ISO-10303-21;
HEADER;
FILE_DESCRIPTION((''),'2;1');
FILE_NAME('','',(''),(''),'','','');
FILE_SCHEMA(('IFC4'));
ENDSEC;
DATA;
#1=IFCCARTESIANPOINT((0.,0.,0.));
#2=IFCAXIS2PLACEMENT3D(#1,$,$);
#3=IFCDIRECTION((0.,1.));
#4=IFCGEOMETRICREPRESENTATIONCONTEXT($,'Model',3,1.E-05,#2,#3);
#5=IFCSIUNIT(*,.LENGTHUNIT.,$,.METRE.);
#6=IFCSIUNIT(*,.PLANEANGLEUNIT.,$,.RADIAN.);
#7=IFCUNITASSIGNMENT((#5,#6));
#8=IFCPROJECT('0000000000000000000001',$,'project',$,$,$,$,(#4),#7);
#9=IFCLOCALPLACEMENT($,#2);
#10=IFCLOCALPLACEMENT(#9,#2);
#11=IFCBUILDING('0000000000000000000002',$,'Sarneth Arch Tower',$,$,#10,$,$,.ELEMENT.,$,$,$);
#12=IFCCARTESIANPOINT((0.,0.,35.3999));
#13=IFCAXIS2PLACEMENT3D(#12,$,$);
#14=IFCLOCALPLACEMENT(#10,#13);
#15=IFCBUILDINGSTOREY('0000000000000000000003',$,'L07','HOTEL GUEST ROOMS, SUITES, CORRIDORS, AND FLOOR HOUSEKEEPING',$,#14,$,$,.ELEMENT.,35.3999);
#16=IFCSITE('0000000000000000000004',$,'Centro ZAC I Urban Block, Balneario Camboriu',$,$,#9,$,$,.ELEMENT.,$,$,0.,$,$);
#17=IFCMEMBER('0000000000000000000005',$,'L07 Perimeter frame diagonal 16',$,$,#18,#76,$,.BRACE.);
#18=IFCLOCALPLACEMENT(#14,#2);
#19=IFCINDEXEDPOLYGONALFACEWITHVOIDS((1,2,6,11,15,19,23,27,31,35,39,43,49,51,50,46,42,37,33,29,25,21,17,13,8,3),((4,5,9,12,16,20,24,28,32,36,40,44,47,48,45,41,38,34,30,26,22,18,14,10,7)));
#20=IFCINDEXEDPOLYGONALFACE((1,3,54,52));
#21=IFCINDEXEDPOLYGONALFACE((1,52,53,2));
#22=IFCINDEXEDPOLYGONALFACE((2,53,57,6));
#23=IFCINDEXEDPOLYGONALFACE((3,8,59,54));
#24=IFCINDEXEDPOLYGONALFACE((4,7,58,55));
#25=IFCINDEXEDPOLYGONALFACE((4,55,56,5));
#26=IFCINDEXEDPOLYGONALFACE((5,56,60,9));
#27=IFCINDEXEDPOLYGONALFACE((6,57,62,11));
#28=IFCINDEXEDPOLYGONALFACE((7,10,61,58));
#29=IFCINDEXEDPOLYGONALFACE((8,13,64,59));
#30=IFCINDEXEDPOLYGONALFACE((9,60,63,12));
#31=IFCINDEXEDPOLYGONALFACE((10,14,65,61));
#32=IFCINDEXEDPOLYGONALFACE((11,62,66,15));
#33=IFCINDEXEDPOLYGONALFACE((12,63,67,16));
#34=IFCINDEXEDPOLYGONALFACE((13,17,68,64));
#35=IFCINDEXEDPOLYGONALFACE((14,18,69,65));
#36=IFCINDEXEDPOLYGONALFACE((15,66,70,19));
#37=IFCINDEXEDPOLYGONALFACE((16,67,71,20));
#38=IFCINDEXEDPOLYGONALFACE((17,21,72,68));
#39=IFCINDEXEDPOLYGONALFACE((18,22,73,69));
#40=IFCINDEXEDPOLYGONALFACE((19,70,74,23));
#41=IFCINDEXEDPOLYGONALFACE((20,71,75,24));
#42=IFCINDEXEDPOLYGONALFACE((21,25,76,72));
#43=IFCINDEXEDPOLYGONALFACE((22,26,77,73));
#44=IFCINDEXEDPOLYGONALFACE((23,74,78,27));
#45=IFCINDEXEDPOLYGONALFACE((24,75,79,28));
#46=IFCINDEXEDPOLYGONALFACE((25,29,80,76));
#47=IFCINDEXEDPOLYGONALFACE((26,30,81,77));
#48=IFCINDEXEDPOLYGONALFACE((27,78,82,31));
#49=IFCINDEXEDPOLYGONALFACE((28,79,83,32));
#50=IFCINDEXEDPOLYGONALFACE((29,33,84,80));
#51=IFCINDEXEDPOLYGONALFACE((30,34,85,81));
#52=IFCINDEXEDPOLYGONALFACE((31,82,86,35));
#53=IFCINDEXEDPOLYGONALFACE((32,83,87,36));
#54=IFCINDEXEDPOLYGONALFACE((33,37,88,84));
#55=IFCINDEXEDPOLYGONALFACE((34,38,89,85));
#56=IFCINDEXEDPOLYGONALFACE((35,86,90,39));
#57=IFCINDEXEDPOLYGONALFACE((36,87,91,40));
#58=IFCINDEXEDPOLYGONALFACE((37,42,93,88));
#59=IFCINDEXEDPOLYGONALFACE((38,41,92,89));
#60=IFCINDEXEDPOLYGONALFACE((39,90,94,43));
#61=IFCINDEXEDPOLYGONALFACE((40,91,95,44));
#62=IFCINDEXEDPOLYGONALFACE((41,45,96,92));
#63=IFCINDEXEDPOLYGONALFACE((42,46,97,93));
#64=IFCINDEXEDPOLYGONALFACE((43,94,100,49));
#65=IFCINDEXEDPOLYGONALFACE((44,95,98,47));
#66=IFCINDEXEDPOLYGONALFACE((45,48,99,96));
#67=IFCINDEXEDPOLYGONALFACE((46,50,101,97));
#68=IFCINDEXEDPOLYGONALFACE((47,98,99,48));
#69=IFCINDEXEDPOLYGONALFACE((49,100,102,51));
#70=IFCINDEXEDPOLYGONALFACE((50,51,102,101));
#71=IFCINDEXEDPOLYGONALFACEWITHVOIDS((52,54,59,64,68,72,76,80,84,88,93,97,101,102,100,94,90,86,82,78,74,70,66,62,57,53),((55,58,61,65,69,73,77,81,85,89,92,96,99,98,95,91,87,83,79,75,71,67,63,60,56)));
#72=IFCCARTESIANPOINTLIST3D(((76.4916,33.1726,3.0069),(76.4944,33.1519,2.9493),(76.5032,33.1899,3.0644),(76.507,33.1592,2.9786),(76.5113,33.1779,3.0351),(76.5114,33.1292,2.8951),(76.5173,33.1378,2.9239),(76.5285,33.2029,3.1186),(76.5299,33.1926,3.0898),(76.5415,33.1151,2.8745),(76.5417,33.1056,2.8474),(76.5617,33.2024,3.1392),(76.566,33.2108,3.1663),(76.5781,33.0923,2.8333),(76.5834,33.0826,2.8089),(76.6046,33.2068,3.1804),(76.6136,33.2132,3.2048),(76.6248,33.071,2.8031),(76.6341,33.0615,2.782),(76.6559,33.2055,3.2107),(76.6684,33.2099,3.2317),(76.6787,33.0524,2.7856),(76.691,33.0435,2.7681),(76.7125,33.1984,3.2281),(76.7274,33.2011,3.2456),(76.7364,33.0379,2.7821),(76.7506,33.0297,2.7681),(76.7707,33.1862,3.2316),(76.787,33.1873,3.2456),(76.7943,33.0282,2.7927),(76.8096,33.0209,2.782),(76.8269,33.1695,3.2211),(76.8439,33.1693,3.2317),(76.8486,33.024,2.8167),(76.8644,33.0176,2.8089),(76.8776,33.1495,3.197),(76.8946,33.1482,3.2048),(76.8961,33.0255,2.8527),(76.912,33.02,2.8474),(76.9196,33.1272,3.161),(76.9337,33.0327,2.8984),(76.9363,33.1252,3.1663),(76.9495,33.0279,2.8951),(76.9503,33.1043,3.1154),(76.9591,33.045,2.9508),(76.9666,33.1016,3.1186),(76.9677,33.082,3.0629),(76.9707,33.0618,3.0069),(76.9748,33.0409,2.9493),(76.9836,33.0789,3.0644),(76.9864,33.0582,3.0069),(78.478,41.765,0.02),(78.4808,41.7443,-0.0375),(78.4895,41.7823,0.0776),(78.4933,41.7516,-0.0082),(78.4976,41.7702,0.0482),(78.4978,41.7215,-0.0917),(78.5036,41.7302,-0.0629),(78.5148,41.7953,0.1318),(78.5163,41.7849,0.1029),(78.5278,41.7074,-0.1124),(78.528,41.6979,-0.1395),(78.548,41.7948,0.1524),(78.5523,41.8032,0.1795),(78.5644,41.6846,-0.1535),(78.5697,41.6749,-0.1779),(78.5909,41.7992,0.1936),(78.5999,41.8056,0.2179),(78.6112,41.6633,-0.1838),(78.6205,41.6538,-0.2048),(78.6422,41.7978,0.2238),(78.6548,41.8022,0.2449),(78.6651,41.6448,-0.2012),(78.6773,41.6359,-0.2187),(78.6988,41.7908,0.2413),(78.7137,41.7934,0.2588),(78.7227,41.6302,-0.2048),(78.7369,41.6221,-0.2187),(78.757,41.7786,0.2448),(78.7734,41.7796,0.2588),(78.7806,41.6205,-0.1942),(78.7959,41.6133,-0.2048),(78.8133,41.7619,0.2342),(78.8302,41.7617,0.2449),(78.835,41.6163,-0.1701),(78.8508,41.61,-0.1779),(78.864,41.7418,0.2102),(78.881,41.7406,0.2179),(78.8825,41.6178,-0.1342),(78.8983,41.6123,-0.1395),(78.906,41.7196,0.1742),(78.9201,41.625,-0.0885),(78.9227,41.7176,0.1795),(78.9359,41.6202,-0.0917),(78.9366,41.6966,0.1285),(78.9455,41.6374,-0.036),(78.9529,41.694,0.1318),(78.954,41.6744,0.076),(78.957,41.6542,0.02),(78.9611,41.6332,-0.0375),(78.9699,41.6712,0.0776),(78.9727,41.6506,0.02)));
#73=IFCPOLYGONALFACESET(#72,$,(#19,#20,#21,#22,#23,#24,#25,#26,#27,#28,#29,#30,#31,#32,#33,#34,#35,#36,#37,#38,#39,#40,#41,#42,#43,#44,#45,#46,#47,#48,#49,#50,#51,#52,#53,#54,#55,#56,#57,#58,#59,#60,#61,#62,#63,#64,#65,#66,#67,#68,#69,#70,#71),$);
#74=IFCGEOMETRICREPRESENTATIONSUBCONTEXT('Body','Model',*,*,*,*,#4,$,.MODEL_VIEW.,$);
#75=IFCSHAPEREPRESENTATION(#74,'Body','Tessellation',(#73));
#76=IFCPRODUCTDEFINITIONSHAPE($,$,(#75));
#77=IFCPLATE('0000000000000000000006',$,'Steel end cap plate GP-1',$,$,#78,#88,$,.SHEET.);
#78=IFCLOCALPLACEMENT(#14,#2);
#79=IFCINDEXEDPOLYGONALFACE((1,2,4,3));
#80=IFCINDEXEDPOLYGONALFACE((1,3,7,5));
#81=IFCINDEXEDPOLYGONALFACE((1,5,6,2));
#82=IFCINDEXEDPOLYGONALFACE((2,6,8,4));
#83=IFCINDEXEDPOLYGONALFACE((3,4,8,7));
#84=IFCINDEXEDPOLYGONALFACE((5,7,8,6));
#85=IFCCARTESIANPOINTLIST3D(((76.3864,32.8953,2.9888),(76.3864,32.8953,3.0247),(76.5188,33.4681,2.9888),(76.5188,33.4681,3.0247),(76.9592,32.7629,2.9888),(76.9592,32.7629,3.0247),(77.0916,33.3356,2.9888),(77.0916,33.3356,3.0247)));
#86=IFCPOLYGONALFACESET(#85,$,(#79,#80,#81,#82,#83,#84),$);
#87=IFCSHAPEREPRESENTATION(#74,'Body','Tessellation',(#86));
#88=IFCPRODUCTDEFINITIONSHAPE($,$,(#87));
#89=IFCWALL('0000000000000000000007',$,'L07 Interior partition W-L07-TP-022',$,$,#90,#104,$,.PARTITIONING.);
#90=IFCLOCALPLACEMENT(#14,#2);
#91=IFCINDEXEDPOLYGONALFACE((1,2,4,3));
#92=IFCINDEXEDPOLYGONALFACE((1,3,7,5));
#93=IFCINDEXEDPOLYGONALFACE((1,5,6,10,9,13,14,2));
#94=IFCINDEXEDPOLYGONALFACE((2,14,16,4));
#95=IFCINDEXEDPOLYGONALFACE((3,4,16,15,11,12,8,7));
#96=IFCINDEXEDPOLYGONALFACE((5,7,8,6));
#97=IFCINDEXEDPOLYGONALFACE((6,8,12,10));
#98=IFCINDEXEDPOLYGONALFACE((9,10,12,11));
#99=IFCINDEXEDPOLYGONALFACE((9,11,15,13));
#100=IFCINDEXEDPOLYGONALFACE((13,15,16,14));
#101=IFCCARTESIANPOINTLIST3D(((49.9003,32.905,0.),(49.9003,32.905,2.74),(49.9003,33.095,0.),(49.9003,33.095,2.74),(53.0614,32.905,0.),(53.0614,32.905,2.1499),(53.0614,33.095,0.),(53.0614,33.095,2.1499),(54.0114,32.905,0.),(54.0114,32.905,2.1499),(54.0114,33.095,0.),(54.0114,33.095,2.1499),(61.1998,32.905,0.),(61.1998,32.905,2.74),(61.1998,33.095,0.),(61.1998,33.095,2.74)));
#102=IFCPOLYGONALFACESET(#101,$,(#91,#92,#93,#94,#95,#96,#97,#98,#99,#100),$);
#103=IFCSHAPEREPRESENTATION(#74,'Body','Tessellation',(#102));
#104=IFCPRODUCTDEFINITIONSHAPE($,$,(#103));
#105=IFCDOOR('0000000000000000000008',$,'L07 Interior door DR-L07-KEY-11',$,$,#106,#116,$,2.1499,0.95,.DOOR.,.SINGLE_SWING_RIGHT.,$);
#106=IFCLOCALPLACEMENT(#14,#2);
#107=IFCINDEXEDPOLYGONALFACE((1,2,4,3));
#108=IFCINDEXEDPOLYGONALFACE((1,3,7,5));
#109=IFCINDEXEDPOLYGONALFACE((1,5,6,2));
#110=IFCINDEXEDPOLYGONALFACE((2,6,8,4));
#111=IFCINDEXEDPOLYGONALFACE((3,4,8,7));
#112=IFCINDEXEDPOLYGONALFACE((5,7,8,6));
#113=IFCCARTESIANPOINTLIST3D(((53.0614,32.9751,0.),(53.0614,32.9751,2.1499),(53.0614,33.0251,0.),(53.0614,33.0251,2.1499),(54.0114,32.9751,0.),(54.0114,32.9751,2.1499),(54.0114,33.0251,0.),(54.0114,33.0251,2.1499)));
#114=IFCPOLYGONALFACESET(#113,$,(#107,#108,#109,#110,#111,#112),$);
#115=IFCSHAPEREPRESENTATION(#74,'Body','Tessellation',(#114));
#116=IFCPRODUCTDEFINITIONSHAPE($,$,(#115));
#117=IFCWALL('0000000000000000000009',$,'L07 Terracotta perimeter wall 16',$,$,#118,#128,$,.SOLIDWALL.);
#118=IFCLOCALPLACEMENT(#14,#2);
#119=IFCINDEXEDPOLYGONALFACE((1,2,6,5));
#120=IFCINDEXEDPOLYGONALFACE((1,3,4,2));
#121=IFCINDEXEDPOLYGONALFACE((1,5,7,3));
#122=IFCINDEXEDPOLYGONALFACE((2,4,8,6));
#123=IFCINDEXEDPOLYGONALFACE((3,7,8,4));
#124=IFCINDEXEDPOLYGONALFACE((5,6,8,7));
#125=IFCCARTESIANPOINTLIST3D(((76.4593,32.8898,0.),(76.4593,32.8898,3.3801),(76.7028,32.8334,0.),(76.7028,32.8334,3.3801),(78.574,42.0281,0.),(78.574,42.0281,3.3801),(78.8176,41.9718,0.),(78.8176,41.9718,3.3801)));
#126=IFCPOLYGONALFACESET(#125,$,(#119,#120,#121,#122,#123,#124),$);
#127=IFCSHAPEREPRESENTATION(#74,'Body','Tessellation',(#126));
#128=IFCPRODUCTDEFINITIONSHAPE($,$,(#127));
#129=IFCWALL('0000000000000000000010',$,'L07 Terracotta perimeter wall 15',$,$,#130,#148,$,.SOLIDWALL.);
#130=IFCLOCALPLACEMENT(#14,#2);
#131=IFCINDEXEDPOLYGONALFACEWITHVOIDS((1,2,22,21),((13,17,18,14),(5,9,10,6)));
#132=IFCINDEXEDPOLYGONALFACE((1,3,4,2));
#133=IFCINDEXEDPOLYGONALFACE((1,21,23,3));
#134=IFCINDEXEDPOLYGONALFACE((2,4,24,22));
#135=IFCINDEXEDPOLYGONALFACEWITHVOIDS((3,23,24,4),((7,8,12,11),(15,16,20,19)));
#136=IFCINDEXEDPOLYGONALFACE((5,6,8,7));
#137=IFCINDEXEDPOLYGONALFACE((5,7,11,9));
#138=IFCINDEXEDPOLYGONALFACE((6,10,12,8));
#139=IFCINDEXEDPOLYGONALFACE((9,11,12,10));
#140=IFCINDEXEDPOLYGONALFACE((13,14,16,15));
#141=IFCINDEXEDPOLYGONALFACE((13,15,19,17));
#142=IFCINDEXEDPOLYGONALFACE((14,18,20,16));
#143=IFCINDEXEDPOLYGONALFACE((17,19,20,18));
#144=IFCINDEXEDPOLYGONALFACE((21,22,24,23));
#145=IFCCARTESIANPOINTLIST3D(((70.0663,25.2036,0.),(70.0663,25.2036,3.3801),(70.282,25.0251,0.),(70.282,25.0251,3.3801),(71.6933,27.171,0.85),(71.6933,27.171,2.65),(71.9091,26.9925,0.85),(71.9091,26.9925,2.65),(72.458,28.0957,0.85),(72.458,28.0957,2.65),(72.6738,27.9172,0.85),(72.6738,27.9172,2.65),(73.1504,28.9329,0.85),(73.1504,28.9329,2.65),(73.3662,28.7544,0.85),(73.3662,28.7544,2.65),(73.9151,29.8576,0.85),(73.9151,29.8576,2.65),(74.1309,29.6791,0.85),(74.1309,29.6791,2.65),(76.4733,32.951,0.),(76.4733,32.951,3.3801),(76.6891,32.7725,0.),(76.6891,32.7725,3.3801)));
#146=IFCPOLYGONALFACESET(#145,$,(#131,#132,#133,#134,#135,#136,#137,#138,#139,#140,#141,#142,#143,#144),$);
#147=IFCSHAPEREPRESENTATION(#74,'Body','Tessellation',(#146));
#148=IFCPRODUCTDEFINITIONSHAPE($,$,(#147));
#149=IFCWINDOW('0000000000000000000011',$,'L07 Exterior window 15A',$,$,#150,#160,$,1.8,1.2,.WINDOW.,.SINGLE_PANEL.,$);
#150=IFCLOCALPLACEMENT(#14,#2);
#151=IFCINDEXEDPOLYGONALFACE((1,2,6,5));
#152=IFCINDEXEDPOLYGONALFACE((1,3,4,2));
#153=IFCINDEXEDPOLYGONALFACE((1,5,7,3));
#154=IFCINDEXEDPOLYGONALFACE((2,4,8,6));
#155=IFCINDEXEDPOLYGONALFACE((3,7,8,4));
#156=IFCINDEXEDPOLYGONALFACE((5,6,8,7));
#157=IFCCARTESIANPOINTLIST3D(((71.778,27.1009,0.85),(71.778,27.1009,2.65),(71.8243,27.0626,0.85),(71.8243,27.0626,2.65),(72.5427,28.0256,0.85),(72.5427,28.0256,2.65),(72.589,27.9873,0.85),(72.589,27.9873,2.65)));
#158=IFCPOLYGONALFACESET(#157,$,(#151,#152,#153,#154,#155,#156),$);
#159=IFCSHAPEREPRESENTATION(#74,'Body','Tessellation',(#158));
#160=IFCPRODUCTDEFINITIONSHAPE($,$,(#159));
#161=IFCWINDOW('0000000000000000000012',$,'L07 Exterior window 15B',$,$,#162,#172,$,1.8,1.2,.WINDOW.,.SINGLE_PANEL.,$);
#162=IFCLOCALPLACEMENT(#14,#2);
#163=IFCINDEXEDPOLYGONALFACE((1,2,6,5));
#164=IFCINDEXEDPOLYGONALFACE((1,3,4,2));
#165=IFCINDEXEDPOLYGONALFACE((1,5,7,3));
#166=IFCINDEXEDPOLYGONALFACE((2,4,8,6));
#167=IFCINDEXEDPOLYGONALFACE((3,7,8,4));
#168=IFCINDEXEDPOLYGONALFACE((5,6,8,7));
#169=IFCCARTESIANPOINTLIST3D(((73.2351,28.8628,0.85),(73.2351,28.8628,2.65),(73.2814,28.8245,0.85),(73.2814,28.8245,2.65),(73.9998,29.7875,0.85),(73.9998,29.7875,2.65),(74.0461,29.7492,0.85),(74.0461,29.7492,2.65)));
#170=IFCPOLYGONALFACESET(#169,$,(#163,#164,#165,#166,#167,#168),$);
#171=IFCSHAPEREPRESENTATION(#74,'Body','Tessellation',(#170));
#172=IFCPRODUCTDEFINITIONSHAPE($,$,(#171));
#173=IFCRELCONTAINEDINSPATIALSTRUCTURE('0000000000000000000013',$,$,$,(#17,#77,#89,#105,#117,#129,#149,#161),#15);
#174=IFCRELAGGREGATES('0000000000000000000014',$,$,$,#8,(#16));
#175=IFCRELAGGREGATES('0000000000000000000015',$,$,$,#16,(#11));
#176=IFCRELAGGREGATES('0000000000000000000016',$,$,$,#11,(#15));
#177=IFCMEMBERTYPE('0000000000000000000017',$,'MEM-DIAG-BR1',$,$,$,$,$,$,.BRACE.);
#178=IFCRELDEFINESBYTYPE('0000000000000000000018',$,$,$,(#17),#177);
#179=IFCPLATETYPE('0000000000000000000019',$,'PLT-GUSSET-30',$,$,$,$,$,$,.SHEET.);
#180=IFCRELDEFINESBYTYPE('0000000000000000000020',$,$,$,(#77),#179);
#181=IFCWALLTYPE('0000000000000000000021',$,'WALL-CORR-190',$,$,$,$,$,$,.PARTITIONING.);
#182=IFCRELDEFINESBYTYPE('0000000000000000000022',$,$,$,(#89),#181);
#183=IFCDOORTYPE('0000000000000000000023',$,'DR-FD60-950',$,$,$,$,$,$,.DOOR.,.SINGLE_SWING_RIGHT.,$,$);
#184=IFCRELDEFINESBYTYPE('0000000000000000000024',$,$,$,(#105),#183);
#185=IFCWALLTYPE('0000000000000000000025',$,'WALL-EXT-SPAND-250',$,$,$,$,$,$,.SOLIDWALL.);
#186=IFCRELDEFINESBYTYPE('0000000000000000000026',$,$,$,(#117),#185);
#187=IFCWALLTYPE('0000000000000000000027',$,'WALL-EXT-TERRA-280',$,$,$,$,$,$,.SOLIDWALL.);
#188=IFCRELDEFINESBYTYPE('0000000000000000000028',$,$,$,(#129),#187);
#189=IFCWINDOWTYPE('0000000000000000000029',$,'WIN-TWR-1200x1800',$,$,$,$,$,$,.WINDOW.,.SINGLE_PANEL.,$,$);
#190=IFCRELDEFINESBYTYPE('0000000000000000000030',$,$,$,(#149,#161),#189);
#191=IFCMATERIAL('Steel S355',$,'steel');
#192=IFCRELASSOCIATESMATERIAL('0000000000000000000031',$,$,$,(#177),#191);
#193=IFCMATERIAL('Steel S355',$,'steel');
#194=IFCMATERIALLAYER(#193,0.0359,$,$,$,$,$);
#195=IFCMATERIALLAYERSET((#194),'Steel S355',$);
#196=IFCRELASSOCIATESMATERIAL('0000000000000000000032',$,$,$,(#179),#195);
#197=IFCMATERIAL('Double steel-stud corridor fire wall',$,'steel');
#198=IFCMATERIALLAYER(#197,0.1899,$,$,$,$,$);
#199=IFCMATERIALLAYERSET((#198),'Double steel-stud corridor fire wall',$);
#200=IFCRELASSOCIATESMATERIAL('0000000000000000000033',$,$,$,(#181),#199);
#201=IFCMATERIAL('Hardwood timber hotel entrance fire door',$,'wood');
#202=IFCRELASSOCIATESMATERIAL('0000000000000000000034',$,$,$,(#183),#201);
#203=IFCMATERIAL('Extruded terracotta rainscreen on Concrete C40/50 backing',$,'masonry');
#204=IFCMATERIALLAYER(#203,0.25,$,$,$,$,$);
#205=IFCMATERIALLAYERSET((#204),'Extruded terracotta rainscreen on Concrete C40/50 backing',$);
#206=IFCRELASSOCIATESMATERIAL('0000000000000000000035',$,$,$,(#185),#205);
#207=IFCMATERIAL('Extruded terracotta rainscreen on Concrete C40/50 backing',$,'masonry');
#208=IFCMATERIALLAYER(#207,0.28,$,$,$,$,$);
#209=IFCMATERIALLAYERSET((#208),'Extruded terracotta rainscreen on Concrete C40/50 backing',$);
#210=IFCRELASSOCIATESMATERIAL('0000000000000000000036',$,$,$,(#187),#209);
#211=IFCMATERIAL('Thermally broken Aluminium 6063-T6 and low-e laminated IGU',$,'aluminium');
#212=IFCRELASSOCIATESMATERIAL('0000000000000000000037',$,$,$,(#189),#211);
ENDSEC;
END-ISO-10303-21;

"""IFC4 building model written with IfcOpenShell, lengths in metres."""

from ifc_helpers import new_model, si_unit, direction, frame, frame_2d, origin, origin_2d, place, context, subcontext, project, spatial, rectangle, hollow_circle, extrude, material, layer, layer_set, material_profile, profile_set, type_object, element, fill, save


model = new_model("IFC4")

# Units and contexts
model_context = context("Model", 3, precision=1e-05, world=origin(), true_north=direction((0.0, 1.0)))
body_context = subcontext(model_context, "Body", "Model", "MODEL_VIEW")
ifc_project = project(units=[si_unit("LENGTHUNIT", "METRE"), si_unit("PLANEANGLEUNIT", "RADIAN")], contexts=[model_context])

# Site, building, storey
site_placement = place(None, origin())
site = spatial("IfcSite", under=ifc_project, at=site_placement, Name="Centro ZAC I Urban Block, Balneario Camboriu", CompositionType="ELEMENT", RefElevation=0.0)
building_placement = place(site_placement, origin())
building = spatial("IfcBuilding", under=site, at=building_placement, Name="Sarneth Arch Tower", CompositionType="ELEMENT")
storey_placement = place(building_placement, frame((0.0, 0.0, 35.3999)))
storey = spatial("IfcBuildingStorey", under=building, at=storey_placement, Name="L07", Description="HOTEL GUEST ROOMS, SUITES, CORRIDORS, AND FLOOR HOUSEKEEPING", CompositionType="ELEMENT", Elevation=35.3999)

# Member
ifc_material_1 = material(Name="Steel S355", Category="steel")
ifc_material_profile_1 = material_profile(ifc_material_1, hollow_circle(Radius=0.2539, WallThickness=0.0161, at=origin_2d()), Name="CHS508x16")
ifc_profile_set_1 = profile_set([ifc_material_profile_1], Name="Steel S355")
member_type_1 = type_object("IfcMemberType", Name="MEM-DIAG-BR1", PredefinedType="BRACE", material=ifc_profile_set_1)
member_1_placement = place(storey_placement, frame((78.7253, 41.7078, 0.02), z_axis=(-0.213332, -0.922814, 0.320785), x_axis=(0.974304, -0.225236, 0.0)))
element("IfcMember", 1, at=member_1_placement, inside=storey, type_object=member_type_1, Name="L07 Perimeter frame diagonal 16", PredefinedType="BRACE", context=body_context, shape_type="SweptSolid", body=[
    extrude(hollow_circle(Radius=0.2539, WallThickness=0.0161, at=origin_2d()), origin(), (0.0, 0.0, 1.0), 9.311),
])

# Plate
ifc_material_2 = material(Name="Steel S355", Category="steel")
ifc_layer_1 = layer(ifc_material_2, 0.0359)
ifc_layer_set_1 = layer_set([ifc_layer_1], Name="Steel S355")
plate_type = type_object("IfcPlateType", Name="PLT-GUSSET-30", PredefinedType="SHEET", material=ifc_layer_set_1)
plate_placement = place(storey_placement, frame((76.739, 33.1155, 2.9888), z_axis=(0.0, 0.0, 1.0), x_axis=(0.225291, 0.974291, 0.0)))
element("IfcPlate", 2, at=plate_placement, inside=storey, type_object=plate_type, Name="Steel end cap plate GP-1", PredefinedType="SHEET", context=body_context, shape_type="SweptSolid", body=[
    extrude(rectangle(XDim=0.5879, YDim=0.5879, at=origin_2d()), origin(), (0.0, 0.0, 1.0), 0.0359),
])

# Wall, opening, door
ifc_material_3 = material(Name="Double steel-stud corridor fire wall", Category="steel")
ifc_layer_2 = layer(ifc_material_3, 0.1899)
ifc_layer_set_2 = layer_set([ifc_layer_2], Name="Double steel-stud corridor fire wall")
wall_type_1 = type_object("IfcWallType", Name="WALL-CORR-190", PredefinedType="PARTITIONING", material=ifc_layer_set_2)
wall_1_placement = place(storey_placement, frame((61.2, 33.0, 0.0), z_axis=(0.0, 0.0, 1.0), x_axis=(-1.0, 0.0, 0.0)))
wall_1 = element("IfcWall", 3, at=wall_1_placement, inside=storey, type_object=wall_type_1, Name="L07 Interior partition W-L07-TP-022", PredefinedType="PARTITIONING", context=body_context, shape_type="SweptSolid", body=[
    extrude(rectangle(XDim=11.2996, YDim=0.1899, at=frame_2d((5.6499, 0.0))), origin(), (0.0, 0.0, 1.0), 2.74),
])
opening_1_placement = place(wall_1_placement, frame((7.1885, 0.0, 0.0)))
opening_1 = element("IfcOpeningElement", 4, at=opening_1_placement, cuts=wall_1, PredefinedType="OPENING", context=body_context, shape_type="SweptSolid", body=[
    extrude(rectangle(XDim=0.95, YDim=2.1499, at=frame_2d((0.4751, 1.075))), frame((0.0, 0.105, 0.0), z_axis=(0.0, -1.0, 0.0), x_axis=(1.0, 0.0, 0.0)), (0.0, 0.0, 1.0), 0.21),
])
ifc_material_4 = material(Name="Hardwood timber hotel entrance fire door", Category="wood")
door_type_1 = type_object("IfcDoorType", Name="DR-FD60-950", OperationType="SINGLE_SWING_RIGHT", PredefinedType="DOOR", material=ifc_material_4)
door_1_placement = place(opening_1_placement, origin())
door_1 = element("IfcDoor", 5, at=door_1_placement, inside=storey, type_object=door_type_1, Name="L07 Interior door DR-L07-KEY-11", OperationType="SINGLE_SWING_RIGHT", OverallHeight=2.1499, OverallWidth=0.95, PredefinedType="DOOR", context=body_context, shape_type="SweptSolid", body=[
    extrude(rectangle(XDim=0.95, YDim=2.1499, at=frame_2d((0.4751, 1.075))), frame((0.0, 0.0249, 0.0), z_axis=(0.0, -1.0, 0.0), x_axis=(1.0, 0.0, 0.0)), (0.0, 0.0, 1.0), 0.05),
])
fill(opening_1, door_1)

# Wall
ifc_material_5 = material(Name="Extruded terracotta rainscreen on Concrete C40/50 backing", Category="masonry")
ifc_layer_3 = layer(ifc_material_5, 0.25)
ifc_layer_set_3 = layer_set([ifc_layer_3], Name="Extruded terracotta rainscreen on Concrete C40/50 backing")
wall_type_2 = type_object("IfcWallType", Name="WALL-EXT-SPAND-250", PredefinedType="SOLIDWALL", material=ifc_layer_set_3)
wall_2_placement = place(storey_placement, frame((76.5811, 32.8616, 0.0), z_axis=(0.0, 0.0, 1.0), x_axis=(0.225454, 0.974254, 0.0)))
element("IfcWall", 6, at=wall_2_placement, inside=storey, type_object=wall_type_2, Name="L07 Terracotta perimeter wall 16", PredefinedType="SOLIDWALL", context=body_context, shape_type="SweptSolid", body=[
    extrude(rectangle(XDim=9.3799, YDim=0.25, at=frame_2d((4.6899, 0.0))), origin(), (0.0, 0.0, 1.0), 3.3801),
])

# Wall, openings, windows
ifc_material_6 = material(Name="Extruded terracotta rainscreen on Concrete C40/50 backing", Category="masonry")
ifc_layer_4 = layer(ifc_material_6, 0.28)
ifc_layer_set_4 = layer_set([ifc_layer_4], Name="Extruded terracotta rainscreen on Concrete C40/50 backing")
wall_type_3 = type_object("IfcWallType", Name="WALL-EXT-TERRA-280", PredefinedType="SOLIDWALL", material=ifc_layer_set_4)
wall_3_placement = place(storey_placement, frame((70.1741, 25.1143, 0.0), z_axis=(0.0, 0.0, 1.0), x_axis=(0.637297, 0.770618, 0.0)))
wall_3 = element("IfcWall", 7, at=wall_3_placement, inside=storey, type_object=wall_type_3, Name="L07 Terracotta perimeter wall 15", PredefinedType="SOLIDWALL", context=body_context, shape_type="SweptSolid", body=[
    extrude(rectangle(XDim=10.0535, YDim=0.28, at=frame_2d((5.0269, 0.0))), origin(), (0.0, 0.0, 1.0), 3.3801),
])
opening_2_placement = place(wall_3_placement, frame((2.553, 0.0, 0.8501)))
opening_2 = element("IfcOpeningElement", 8, at=opening_2_placement, cuts=wall_3, PredefinedType="OPENING", context=body_context, shape_type="SweptSolid", body=[
    extrude(rectangle(XDim=1.2, YDim=1.8, at=frame_2d((0.6001, 0.8999))), frame((0.0, 0.1499, 0.0), z_axis=(0.0, -1.0, 0.0), x_axis=(1.0, 0.0, 0.0)), (0.0, 0.0, 1.0), 0.3),
])
opening_3_placement = place(wall_3_placement, frame((4.8394, 0.0, 0.8501)))
opening_3 = element("IfcOpeningElement", 9, at=opening_3_placement, cuts=wall_3, PredefinedType="OPENING", context=body_context, shape_type="SweptSolid", body=[
    extrude(rectangle(XDim=1.2, YDim=1.8, at=frame_2d((0.6001, 0.8999))), frame((0.0, 0.1499, 0.0), z_axis=(0.0, -1.0, 0.0), x_axis=(1.0, 0.0, 0.0)), (0.0, 0.0, 1.0), 0.3),
])
ifc_material_7 = material(Name="Thermally broken Aluminium 6063-T6 and low-e laminated IGU", Category="aluminium")
window_type = type_object("IfcWindowType", Name="WIN-TWR-1200x1800", PartitioningType="SINGLE_PANEL", PredefinedType="WINDOW", material=ifc_material_7)
window_1_placement = place(opening_2_placement, origin())
window_1 = element("IfcWindow", 10, at=window_1_placement, inside=storey, type_object=window_type, Name="L07 Exterior window 15A", OverallHeight=1.8, OverallWidth=1.2, PartitioningType="SINGLE_PANEL", PredefinedType="WINDOW", context=body_context, shape_type="SweptSolid", body=[
    extrude(rectangle(XDim=1.2, YDim=1.8, at=frame_2d((0.6001, 0.8999))), frame((0.0, 0.03, 0.0), z_axis=(0.0, -1.0, 0.0), x_axis=(1.0, 0.0, 0.0)), (0.0, 0.0, 1.0), 0.0601),
])
fill(opening_2, window_1)
window_2_placement = place(opening_3_placement, origin())
window_2 = element("IfcWindow", 11, at=window_2_placement, inside=storey, type_object=window_type, Name="L07 Exterior window 15B", OverallHeight=1.8, OverallWidth=1.2, PartitioningType="SINGLE_PANEL", PredefinedType="WINDOW", context=body_context, shape_type="SweptSolid", body=[
    extrude(rectangle(XDim=1.2, YDim=1.8, at=frame_2d((0.6001, 0.8999))), frame((0.0, 0.03, 0.0), z_axis=(0.0, -1.0, 0.0), x_axis=(1.0, 0.0, 0.0)), (0.0, 0.0, 1.0), 0.0601),
])
fill(opening_3, window_2)

save(model, "model.ifc")
